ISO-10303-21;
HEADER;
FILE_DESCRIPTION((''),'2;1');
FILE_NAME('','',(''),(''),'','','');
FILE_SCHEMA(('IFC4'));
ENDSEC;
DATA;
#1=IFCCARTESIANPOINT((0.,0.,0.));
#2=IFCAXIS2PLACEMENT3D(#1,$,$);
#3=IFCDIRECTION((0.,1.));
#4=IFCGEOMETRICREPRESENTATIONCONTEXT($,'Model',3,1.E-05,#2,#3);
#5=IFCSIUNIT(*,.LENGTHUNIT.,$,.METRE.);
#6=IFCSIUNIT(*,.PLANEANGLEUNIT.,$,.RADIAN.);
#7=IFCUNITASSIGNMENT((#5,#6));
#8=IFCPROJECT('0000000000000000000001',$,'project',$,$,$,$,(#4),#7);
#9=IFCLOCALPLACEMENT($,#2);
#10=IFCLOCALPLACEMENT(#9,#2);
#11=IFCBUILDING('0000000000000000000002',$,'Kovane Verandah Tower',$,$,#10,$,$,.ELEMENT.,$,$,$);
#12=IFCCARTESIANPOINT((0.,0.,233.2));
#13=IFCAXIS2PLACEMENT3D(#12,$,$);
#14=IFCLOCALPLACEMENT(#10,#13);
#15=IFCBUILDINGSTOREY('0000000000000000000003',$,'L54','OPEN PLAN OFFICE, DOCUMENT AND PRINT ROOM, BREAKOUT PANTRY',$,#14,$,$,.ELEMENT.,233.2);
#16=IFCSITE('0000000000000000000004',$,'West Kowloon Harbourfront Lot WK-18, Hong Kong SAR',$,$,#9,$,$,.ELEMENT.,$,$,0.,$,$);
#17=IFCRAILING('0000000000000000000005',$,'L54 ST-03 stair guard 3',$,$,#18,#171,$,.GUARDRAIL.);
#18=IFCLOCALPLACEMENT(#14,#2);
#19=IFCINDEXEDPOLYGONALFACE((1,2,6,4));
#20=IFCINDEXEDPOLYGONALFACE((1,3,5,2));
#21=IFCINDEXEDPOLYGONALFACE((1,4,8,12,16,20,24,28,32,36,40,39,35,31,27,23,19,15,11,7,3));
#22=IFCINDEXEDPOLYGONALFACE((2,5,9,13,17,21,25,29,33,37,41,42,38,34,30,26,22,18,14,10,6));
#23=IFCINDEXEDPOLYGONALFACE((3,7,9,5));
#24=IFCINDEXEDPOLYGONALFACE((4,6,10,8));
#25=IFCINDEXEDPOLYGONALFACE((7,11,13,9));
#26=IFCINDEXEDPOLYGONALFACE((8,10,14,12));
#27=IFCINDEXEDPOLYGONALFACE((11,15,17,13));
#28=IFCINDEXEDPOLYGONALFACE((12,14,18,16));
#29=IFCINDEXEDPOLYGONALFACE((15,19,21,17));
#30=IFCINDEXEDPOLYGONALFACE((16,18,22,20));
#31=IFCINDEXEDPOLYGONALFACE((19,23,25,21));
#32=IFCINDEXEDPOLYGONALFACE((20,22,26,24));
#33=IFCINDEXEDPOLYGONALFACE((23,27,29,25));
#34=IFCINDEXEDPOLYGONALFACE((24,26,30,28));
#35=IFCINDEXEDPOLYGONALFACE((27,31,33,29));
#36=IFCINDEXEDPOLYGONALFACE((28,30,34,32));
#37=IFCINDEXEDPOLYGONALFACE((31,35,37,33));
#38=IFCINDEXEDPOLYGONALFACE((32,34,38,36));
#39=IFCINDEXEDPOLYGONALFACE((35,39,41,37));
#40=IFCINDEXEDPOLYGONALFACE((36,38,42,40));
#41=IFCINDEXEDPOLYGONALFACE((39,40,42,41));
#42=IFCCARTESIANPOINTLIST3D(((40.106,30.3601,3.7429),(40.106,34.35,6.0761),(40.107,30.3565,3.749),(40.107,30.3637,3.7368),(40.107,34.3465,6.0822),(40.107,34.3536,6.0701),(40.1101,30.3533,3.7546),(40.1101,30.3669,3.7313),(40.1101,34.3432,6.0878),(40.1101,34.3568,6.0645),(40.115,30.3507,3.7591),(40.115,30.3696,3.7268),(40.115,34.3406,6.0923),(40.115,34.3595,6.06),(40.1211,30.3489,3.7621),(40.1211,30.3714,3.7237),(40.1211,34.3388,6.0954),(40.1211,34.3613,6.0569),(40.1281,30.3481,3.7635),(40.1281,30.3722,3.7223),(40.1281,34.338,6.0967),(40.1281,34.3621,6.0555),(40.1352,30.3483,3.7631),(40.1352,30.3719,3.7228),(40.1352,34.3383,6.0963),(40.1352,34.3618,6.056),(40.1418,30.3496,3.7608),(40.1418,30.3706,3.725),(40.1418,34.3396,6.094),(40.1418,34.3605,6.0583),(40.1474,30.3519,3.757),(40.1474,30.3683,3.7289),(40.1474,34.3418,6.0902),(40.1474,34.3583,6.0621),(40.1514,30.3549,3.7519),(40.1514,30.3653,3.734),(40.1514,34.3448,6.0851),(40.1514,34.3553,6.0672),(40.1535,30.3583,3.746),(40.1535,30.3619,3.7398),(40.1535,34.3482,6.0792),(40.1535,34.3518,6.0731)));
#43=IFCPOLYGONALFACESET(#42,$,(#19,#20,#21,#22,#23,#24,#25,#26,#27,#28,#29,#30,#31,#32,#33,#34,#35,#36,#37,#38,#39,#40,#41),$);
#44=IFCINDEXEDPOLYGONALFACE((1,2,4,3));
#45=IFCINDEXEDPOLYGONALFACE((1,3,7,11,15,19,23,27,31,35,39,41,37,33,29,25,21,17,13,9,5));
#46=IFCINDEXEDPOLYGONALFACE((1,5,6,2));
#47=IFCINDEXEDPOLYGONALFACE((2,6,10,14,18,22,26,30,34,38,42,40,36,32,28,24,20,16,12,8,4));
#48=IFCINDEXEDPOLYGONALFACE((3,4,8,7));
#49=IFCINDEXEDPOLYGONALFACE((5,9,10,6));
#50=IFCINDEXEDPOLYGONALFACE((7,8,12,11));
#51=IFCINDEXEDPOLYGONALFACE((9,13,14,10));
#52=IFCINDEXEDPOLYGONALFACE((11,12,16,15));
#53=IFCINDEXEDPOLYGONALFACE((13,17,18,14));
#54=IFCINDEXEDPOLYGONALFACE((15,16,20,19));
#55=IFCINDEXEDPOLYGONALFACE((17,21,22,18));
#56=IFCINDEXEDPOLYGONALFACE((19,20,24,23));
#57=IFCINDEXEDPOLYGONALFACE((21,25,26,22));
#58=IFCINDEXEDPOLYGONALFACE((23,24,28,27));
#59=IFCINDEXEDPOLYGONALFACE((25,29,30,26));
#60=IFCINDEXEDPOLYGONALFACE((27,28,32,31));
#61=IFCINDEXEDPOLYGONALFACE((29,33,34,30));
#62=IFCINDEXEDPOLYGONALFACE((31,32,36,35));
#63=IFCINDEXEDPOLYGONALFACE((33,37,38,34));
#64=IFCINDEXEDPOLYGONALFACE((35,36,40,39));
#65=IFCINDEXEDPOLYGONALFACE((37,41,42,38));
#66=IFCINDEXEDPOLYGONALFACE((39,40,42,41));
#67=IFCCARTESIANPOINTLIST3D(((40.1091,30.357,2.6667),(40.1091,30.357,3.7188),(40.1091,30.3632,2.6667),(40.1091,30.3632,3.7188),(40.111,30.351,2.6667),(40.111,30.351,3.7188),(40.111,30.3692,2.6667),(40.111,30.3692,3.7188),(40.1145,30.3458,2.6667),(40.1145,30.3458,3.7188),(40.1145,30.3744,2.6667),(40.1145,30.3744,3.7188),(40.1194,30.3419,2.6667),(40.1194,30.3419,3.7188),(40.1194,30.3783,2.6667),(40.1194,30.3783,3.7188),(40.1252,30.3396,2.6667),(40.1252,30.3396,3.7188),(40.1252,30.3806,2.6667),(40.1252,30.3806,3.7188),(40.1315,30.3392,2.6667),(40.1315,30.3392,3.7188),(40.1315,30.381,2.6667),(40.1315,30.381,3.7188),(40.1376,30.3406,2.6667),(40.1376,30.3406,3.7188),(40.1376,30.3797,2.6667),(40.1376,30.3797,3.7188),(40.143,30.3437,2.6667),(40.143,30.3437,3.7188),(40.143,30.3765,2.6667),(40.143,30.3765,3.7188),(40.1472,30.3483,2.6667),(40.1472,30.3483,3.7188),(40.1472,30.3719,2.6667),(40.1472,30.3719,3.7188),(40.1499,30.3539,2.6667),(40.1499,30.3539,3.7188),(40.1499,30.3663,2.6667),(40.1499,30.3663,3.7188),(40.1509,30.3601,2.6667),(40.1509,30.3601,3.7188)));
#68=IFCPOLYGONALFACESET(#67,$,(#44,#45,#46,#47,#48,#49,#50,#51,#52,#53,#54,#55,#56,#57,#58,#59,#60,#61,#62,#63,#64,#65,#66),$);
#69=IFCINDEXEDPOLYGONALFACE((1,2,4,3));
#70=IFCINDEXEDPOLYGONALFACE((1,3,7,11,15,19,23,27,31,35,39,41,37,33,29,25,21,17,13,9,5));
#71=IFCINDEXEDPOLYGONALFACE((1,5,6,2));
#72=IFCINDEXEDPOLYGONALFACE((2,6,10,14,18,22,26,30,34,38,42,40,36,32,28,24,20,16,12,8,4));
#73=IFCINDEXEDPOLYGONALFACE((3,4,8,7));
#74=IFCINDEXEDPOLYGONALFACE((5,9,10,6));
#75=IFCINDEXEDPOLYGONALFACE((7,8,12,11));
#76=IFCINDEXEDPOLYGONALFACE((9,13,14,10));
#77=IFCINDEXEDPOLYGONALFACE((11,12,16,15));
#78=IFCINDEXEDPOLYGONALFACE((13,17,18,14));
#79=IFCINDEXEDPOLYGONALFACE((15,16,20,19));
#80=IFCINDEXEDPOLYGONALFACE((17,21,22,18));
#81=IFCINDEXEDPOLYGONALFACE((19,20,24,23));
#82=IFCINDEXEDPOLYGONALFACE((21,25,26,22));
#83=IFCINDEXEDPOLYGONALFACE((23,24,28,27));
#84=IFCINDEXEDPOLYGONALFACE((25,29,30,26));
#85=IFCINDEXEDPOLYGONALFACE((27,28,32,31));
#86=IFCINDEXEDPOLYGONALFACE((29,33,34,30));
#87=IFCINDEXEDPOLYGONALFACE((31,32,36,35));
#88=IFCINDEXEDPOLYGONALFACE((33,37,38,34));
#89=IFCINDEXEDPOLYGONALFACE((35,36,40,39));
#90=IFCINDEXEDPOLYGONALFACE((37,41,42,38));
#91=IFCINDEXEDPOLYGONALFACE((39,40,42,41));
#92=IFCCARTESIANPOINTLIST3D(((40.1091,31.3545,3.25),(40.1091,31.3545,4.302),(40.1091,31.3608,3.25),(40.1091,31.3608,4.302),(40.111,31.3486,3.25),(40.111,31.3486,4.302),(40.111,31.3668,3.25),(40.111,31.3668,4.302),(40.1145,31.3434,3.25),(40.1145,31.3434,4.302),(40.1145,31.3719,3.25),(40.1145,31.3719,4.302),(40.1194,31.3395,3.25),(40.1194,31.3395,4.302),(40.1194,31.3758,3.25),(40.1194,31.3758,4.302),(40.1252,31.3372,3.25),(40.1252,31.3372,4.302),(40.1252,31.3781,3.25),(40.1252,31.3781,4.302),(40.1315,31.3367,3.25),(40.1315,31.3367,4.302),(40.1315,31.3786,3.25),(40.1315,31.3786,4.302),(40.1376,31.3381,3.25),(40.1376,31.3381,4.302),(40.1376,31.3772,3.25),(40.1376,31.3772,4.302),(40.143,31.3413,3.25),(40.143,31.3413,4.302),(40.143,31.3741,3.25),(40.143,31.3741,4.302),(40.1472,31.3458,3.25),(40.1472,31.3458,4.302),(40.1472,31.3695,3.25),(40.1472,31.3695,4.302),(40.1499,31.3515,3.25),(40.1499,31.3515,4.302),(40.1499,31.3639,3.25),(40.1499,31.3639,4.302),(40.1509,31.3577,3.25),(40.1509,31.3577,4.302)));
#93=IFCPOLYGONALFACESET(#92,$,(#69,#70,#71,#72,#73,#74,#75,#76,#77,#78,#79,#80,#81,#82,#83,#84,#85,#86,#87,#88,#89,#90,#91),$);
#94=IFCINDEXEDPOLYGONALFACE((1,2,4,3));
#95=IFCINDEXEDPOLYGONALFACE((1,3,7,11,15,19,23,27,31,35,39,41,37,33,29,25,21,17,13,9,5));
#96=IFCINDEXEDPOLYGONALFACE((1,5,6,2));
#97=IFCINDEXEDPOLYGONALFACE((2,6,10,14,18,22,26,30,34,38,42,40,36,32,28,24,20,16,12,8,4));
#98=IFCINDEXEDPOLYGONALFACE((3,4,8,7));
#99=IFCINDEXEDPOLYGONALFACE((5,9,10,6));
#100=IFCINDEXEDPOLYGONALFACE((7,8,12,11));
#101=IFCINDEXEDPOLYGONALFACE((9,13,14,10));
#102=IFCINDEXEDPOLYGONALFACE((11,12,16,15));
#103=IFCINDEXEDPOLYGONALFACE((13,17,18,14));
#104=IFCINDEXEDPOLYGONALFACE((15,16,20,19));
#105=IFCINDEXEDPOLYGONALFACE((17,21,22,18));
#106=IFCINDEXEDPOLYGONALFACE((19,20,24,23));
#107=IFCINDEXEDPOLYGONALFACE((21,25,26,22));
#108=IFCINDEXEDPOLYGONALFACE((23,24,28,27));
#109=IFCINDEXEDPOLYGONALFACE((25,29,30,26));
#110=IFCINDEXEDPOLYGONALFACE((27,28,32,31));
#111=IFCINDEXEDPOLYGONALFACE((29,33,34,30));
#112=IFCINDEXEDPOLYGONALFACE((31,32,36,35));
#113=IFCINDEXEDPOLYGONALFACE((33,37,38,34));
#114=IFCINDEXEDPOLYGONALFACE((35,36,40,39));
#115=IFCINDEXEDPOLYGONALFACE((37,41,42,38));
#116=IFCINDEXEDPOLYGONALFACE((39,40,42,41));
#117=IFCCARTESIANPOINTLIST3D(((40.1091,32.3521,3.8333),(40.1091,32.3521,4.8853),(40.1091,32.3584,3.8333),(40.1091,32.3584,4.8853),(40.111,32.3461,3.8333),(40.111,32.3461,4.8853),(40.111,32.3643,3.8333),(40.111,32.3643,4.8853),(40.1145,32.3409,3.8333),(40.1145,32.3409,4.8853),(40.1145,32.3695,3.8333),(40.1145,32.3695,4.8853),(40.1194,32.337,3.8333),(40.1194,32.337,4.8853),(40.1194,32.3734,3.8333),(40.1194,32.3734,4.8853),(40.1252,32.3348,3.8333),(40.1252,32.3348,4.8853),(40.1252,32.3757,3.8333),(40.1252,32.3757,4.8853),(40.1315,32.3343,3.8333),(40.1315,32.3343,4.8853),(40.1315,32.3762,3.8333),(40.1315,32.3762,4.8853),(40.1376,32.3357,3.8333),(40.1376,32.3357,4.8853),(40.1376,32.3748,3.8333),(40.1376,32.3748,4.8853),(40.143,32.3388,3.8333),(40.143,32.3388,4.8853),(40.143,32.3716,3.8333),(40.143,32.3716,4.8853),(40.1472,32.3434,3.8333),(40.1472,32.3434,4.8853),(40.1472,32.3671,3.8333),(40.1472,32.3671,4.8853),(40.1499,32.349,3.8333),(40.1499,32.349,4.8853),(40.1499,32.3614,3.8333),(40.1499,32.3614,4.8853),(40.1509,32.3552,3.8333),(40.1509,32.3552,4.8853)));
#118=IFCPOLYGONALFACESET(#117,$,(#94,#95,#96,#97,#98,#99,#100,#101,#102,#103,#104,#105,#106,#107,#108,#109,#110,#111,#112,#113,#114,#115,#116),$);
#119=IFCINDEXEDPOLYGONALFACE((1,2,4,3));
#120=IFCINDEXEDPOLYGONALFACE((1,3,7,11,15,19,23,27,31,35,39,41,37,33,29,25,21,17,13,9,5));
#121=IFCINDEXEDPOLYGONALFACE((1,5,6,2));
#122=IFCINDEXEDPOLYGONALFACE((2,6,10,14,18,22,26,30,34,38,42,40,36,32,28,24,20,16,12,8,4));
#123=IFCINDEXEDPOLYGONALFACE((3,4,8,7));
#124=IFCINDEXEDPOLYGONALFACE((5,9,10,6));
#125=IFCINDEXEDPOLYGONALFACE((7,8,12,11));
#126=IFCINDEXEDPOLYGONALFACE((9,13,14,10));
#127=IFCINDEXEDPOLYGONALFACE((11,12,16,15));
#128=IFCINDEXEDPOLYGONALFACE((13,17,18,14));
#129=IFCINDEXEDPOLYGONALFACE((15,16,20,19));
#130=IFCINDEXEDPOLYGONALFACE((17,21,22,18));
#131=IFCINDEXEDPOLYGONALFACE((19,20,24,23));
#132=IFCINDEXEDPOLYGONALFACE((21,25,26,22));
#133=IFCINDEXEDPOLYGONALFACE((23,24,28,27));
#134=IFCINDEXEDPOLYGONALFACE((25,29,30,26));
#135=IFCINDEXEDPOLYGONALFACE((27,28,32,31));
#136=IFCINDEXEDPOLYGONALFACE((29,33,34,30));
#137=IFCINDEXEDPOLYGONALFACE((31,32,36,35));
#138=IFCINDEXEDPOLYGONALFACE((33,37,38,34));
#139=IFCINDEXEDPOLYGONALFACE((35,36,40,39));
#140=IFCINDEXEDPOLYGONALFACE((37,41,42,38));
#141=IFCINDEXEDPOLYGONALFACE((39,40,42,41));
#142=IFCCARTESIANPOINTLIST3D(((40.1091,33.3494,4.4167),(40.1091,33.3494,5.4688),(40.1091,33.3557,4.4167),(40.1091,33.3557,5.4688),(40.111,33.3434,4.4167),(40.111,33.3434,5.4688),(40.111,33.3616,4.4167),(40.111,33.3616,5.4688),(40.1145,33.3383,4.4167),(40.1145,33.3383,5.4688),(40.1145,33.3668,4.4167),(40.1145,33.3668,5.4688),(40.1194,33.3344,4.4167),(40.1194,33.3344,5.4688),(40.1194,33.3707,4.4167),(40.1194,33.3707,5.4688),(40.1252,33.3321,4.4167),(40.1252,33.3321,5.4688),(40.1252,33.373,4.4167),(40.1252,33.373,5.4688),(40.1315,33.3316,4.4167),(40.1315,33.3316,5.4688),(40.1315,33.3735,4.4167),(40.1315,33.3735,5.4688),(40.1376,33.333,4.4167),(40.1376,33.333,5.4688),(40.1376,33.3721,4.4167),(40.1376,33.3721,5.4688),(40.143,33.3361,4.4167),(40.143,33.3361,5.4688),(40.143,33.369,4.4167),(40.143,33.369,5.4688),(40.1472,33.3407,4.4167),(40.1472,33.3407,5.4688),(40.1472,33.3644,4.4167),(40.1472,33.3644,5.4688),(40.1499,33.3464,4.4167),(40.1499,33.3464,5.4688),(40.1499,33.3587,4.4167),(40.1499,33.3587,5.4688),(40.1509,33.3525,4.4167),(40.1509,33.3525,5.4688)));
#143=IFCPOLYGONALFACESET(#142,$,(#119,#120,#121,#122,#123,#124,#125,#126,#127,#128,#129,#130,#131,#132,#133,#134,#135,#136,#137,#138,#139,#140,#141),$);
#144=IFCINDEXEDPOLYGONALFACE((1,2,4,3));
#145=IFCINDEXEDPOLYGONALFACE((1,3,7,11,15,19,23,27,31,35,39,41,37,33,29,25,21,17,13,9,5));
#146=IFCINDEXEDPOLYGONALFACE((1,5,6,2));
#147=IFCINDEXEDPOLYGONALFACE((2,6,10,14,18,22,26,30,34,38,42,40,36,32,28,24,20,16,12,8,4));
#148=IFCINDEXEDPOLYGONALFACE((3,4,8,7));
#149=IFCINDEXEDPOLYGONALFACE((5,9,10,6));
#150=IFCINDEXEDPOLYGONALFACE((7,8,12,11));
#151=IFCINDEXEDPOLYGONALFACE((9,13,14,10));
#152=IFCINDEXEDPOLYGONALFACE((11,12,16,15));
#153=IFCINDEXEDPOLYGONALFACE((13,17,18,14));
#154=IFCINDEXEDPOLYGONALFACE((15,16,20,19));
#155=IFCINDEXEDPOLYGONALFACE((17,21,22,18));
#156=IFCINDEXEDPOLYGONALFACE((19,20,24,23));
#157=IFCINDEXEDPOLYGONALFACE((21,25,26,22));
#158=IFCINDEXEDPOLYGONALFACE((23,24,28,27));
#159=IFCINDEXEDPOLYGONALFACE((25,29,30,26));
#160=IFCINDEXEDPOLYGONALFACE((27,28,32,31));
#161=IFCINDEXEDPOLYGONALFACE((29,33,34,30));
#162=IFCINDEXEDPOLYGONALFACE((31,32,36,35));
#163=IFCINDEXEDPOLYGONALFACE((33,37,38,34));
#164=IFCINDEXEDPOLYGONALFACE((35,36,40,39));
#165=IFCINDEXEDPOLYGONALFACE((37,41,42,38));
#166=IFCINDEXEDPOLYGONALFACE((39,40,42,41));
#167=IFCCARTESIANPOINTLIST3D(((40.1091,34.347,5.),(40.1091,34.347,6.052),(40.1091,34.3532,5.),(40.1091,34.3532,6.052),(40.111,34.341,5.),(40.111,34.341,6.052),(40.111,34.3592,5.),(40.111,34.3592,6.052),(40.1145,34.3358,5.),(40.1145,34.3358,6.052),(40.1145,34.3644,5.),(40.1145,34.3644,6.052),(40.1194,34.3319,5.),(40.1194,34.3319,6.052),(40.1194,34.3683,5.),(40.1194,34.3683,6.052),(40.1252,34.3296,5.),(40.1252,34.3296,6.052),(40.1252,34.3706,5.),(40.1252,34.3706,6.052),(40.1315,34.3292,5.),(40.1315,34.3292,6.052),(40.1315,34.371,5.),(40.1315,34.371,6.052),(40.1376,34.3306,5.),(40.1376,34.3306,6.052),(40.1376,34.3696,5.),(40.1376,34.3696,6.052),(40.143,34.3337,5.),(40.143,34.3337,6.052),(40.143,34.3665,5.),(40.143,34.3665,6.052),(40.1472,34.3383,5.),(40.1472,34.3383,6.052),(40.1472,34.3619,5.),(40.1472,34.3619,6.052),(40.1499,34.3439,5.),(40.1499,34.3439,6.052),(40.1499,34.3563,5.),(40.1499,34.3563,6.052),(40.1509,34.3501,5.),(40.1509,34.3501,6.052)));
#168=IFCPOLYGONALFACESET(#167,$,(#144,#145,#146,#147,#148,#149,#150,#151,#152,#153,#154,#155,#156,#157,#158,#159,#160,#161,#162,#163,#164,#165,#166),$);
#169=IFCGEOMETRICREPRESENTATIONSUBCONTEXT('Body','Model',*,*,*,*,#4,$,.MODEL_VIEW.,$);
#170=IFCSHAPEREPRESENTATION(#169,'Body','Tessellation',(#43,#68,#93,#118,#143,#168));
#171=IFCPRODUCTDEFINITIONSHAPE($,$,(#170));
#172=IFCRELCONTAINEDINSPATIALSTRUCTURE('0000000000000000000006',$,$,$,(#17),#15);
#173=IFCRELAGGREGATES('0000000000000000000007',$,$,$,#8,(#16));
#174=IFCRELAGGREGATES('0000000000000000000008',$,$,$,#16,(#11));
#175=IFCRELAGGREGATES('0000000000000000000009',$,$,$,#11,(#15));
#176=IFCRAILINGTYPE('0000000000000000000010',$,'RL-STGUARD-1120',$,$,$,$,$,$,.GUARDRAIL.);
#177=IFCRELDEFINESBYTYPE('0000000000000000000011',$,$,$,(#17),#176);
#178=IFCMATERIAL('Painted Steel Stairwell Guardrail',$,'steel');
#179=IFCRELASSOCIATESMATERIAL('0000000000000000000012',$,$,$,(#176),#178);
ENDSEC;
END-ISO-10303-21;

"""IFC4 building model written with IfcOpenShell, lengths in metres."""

from ifc_helpers import new_model, si_unit, direction, frame, origin, origin_2d, place, context, subcontext, project, spatial, circle, extrude, material, type_object, element, save


model = new_model("IFC4")

# Units and contexts
model_context = context("Model", 3, precision=1e-05, world=origin(), true_north=direction((0.0, 1.0)))
body_context = subcontext(model_context, "Body", "Model", "MODEL_VIEW")
ifc_project = project(units=[si_unit("LENGTHUNIT", "METRE"), si_unit("PLANEANGLEUNIT", "RADIAN")], contexts=[model_context])

# Site, building, storey
site_placement = place(None, origin())
site = spatial("IfcSite", under=ifc_project, at=site_placement, Name="West Kowloon Harbourfront Lot WK-18, Hong Kong SAR", CompositionType="ELEMENT", RefElevation=0.0)
building_placement = place(site_placement, origin())
building = spatial("IfcBuilding", under=site, at=building_placement, Name="Kovane Verandah Tower", CompositionType="ELEMENT")
storey_placement = place(building_placement, frame((0.0, 0.0, 233.2)))
storey = spatial("IfcBuildingStorey", under=building, at=storey_placement, Name="L54", Description="OPEN PLAN OFFICE, DOCUMENT AND PRINT ROOM, BREAKOUT PANTRY", CompositionType="ELEMENT", Elevation=233.2)

# Railing
ifc_material_1 = material(Name="Painted Steel Stairwell Guardrail", Category="steel")
railing_type_1 = type_object("IfcRailingType", Name="RL-STGUARD-1120", PredefinedType="GUARDRAIL", material=ifc_material_1)
railing_1_placement = place(storey_placement, frame((40.1299, 30.3601, 2.6667)))
element("IfcRailing", 1, at=railing_1_placement, inside=storey, type_object=railing_type_1, Name="L54 ST-03 stair guard 3", PredefinedType="GUARDRAIL", context=body_context, shape_type="SweptSolid", body=[
    extrude(circle(Radius=0.0239, at=origin_2d()), frame((0.0, 0.0, 1.0762), z_axis=(0.0, 0.863236, 0.5048), x_axis=(-1.0, 0.0, 0.0)), (0.0, 0.0, 1.0), 4.6221),
    extrude(circle(Radius=0.021, at=origin_2d()), origin(), (0.0, 0.0, 1.0), 1.052),
    extrude(circle(Radius=0.021, at=origin_2d()), frame((0.0, 0.9976, 0.5833)), (0.0, 0.0, 1.0), 1.052),
    extrude(circle(Radius=0.021, at=origin_2d()), frame((0.0, 1.9951, 1.1665)), (0.0, 0.0, 1.0), 1.052),
    extrude(circle(Radius=0.021, at=origin_2d()), frame((0.0, 2.9924, 1.75)), (0.0, 0.0, 1.0), 1.052),
    extrude(circle(Radius=0.021, at=origin_2d()), frame((0.0, 3.99, 2.3333)), (0.0, 0.0, 1.0), 1.052),
])

save(model, "model.ifc")
